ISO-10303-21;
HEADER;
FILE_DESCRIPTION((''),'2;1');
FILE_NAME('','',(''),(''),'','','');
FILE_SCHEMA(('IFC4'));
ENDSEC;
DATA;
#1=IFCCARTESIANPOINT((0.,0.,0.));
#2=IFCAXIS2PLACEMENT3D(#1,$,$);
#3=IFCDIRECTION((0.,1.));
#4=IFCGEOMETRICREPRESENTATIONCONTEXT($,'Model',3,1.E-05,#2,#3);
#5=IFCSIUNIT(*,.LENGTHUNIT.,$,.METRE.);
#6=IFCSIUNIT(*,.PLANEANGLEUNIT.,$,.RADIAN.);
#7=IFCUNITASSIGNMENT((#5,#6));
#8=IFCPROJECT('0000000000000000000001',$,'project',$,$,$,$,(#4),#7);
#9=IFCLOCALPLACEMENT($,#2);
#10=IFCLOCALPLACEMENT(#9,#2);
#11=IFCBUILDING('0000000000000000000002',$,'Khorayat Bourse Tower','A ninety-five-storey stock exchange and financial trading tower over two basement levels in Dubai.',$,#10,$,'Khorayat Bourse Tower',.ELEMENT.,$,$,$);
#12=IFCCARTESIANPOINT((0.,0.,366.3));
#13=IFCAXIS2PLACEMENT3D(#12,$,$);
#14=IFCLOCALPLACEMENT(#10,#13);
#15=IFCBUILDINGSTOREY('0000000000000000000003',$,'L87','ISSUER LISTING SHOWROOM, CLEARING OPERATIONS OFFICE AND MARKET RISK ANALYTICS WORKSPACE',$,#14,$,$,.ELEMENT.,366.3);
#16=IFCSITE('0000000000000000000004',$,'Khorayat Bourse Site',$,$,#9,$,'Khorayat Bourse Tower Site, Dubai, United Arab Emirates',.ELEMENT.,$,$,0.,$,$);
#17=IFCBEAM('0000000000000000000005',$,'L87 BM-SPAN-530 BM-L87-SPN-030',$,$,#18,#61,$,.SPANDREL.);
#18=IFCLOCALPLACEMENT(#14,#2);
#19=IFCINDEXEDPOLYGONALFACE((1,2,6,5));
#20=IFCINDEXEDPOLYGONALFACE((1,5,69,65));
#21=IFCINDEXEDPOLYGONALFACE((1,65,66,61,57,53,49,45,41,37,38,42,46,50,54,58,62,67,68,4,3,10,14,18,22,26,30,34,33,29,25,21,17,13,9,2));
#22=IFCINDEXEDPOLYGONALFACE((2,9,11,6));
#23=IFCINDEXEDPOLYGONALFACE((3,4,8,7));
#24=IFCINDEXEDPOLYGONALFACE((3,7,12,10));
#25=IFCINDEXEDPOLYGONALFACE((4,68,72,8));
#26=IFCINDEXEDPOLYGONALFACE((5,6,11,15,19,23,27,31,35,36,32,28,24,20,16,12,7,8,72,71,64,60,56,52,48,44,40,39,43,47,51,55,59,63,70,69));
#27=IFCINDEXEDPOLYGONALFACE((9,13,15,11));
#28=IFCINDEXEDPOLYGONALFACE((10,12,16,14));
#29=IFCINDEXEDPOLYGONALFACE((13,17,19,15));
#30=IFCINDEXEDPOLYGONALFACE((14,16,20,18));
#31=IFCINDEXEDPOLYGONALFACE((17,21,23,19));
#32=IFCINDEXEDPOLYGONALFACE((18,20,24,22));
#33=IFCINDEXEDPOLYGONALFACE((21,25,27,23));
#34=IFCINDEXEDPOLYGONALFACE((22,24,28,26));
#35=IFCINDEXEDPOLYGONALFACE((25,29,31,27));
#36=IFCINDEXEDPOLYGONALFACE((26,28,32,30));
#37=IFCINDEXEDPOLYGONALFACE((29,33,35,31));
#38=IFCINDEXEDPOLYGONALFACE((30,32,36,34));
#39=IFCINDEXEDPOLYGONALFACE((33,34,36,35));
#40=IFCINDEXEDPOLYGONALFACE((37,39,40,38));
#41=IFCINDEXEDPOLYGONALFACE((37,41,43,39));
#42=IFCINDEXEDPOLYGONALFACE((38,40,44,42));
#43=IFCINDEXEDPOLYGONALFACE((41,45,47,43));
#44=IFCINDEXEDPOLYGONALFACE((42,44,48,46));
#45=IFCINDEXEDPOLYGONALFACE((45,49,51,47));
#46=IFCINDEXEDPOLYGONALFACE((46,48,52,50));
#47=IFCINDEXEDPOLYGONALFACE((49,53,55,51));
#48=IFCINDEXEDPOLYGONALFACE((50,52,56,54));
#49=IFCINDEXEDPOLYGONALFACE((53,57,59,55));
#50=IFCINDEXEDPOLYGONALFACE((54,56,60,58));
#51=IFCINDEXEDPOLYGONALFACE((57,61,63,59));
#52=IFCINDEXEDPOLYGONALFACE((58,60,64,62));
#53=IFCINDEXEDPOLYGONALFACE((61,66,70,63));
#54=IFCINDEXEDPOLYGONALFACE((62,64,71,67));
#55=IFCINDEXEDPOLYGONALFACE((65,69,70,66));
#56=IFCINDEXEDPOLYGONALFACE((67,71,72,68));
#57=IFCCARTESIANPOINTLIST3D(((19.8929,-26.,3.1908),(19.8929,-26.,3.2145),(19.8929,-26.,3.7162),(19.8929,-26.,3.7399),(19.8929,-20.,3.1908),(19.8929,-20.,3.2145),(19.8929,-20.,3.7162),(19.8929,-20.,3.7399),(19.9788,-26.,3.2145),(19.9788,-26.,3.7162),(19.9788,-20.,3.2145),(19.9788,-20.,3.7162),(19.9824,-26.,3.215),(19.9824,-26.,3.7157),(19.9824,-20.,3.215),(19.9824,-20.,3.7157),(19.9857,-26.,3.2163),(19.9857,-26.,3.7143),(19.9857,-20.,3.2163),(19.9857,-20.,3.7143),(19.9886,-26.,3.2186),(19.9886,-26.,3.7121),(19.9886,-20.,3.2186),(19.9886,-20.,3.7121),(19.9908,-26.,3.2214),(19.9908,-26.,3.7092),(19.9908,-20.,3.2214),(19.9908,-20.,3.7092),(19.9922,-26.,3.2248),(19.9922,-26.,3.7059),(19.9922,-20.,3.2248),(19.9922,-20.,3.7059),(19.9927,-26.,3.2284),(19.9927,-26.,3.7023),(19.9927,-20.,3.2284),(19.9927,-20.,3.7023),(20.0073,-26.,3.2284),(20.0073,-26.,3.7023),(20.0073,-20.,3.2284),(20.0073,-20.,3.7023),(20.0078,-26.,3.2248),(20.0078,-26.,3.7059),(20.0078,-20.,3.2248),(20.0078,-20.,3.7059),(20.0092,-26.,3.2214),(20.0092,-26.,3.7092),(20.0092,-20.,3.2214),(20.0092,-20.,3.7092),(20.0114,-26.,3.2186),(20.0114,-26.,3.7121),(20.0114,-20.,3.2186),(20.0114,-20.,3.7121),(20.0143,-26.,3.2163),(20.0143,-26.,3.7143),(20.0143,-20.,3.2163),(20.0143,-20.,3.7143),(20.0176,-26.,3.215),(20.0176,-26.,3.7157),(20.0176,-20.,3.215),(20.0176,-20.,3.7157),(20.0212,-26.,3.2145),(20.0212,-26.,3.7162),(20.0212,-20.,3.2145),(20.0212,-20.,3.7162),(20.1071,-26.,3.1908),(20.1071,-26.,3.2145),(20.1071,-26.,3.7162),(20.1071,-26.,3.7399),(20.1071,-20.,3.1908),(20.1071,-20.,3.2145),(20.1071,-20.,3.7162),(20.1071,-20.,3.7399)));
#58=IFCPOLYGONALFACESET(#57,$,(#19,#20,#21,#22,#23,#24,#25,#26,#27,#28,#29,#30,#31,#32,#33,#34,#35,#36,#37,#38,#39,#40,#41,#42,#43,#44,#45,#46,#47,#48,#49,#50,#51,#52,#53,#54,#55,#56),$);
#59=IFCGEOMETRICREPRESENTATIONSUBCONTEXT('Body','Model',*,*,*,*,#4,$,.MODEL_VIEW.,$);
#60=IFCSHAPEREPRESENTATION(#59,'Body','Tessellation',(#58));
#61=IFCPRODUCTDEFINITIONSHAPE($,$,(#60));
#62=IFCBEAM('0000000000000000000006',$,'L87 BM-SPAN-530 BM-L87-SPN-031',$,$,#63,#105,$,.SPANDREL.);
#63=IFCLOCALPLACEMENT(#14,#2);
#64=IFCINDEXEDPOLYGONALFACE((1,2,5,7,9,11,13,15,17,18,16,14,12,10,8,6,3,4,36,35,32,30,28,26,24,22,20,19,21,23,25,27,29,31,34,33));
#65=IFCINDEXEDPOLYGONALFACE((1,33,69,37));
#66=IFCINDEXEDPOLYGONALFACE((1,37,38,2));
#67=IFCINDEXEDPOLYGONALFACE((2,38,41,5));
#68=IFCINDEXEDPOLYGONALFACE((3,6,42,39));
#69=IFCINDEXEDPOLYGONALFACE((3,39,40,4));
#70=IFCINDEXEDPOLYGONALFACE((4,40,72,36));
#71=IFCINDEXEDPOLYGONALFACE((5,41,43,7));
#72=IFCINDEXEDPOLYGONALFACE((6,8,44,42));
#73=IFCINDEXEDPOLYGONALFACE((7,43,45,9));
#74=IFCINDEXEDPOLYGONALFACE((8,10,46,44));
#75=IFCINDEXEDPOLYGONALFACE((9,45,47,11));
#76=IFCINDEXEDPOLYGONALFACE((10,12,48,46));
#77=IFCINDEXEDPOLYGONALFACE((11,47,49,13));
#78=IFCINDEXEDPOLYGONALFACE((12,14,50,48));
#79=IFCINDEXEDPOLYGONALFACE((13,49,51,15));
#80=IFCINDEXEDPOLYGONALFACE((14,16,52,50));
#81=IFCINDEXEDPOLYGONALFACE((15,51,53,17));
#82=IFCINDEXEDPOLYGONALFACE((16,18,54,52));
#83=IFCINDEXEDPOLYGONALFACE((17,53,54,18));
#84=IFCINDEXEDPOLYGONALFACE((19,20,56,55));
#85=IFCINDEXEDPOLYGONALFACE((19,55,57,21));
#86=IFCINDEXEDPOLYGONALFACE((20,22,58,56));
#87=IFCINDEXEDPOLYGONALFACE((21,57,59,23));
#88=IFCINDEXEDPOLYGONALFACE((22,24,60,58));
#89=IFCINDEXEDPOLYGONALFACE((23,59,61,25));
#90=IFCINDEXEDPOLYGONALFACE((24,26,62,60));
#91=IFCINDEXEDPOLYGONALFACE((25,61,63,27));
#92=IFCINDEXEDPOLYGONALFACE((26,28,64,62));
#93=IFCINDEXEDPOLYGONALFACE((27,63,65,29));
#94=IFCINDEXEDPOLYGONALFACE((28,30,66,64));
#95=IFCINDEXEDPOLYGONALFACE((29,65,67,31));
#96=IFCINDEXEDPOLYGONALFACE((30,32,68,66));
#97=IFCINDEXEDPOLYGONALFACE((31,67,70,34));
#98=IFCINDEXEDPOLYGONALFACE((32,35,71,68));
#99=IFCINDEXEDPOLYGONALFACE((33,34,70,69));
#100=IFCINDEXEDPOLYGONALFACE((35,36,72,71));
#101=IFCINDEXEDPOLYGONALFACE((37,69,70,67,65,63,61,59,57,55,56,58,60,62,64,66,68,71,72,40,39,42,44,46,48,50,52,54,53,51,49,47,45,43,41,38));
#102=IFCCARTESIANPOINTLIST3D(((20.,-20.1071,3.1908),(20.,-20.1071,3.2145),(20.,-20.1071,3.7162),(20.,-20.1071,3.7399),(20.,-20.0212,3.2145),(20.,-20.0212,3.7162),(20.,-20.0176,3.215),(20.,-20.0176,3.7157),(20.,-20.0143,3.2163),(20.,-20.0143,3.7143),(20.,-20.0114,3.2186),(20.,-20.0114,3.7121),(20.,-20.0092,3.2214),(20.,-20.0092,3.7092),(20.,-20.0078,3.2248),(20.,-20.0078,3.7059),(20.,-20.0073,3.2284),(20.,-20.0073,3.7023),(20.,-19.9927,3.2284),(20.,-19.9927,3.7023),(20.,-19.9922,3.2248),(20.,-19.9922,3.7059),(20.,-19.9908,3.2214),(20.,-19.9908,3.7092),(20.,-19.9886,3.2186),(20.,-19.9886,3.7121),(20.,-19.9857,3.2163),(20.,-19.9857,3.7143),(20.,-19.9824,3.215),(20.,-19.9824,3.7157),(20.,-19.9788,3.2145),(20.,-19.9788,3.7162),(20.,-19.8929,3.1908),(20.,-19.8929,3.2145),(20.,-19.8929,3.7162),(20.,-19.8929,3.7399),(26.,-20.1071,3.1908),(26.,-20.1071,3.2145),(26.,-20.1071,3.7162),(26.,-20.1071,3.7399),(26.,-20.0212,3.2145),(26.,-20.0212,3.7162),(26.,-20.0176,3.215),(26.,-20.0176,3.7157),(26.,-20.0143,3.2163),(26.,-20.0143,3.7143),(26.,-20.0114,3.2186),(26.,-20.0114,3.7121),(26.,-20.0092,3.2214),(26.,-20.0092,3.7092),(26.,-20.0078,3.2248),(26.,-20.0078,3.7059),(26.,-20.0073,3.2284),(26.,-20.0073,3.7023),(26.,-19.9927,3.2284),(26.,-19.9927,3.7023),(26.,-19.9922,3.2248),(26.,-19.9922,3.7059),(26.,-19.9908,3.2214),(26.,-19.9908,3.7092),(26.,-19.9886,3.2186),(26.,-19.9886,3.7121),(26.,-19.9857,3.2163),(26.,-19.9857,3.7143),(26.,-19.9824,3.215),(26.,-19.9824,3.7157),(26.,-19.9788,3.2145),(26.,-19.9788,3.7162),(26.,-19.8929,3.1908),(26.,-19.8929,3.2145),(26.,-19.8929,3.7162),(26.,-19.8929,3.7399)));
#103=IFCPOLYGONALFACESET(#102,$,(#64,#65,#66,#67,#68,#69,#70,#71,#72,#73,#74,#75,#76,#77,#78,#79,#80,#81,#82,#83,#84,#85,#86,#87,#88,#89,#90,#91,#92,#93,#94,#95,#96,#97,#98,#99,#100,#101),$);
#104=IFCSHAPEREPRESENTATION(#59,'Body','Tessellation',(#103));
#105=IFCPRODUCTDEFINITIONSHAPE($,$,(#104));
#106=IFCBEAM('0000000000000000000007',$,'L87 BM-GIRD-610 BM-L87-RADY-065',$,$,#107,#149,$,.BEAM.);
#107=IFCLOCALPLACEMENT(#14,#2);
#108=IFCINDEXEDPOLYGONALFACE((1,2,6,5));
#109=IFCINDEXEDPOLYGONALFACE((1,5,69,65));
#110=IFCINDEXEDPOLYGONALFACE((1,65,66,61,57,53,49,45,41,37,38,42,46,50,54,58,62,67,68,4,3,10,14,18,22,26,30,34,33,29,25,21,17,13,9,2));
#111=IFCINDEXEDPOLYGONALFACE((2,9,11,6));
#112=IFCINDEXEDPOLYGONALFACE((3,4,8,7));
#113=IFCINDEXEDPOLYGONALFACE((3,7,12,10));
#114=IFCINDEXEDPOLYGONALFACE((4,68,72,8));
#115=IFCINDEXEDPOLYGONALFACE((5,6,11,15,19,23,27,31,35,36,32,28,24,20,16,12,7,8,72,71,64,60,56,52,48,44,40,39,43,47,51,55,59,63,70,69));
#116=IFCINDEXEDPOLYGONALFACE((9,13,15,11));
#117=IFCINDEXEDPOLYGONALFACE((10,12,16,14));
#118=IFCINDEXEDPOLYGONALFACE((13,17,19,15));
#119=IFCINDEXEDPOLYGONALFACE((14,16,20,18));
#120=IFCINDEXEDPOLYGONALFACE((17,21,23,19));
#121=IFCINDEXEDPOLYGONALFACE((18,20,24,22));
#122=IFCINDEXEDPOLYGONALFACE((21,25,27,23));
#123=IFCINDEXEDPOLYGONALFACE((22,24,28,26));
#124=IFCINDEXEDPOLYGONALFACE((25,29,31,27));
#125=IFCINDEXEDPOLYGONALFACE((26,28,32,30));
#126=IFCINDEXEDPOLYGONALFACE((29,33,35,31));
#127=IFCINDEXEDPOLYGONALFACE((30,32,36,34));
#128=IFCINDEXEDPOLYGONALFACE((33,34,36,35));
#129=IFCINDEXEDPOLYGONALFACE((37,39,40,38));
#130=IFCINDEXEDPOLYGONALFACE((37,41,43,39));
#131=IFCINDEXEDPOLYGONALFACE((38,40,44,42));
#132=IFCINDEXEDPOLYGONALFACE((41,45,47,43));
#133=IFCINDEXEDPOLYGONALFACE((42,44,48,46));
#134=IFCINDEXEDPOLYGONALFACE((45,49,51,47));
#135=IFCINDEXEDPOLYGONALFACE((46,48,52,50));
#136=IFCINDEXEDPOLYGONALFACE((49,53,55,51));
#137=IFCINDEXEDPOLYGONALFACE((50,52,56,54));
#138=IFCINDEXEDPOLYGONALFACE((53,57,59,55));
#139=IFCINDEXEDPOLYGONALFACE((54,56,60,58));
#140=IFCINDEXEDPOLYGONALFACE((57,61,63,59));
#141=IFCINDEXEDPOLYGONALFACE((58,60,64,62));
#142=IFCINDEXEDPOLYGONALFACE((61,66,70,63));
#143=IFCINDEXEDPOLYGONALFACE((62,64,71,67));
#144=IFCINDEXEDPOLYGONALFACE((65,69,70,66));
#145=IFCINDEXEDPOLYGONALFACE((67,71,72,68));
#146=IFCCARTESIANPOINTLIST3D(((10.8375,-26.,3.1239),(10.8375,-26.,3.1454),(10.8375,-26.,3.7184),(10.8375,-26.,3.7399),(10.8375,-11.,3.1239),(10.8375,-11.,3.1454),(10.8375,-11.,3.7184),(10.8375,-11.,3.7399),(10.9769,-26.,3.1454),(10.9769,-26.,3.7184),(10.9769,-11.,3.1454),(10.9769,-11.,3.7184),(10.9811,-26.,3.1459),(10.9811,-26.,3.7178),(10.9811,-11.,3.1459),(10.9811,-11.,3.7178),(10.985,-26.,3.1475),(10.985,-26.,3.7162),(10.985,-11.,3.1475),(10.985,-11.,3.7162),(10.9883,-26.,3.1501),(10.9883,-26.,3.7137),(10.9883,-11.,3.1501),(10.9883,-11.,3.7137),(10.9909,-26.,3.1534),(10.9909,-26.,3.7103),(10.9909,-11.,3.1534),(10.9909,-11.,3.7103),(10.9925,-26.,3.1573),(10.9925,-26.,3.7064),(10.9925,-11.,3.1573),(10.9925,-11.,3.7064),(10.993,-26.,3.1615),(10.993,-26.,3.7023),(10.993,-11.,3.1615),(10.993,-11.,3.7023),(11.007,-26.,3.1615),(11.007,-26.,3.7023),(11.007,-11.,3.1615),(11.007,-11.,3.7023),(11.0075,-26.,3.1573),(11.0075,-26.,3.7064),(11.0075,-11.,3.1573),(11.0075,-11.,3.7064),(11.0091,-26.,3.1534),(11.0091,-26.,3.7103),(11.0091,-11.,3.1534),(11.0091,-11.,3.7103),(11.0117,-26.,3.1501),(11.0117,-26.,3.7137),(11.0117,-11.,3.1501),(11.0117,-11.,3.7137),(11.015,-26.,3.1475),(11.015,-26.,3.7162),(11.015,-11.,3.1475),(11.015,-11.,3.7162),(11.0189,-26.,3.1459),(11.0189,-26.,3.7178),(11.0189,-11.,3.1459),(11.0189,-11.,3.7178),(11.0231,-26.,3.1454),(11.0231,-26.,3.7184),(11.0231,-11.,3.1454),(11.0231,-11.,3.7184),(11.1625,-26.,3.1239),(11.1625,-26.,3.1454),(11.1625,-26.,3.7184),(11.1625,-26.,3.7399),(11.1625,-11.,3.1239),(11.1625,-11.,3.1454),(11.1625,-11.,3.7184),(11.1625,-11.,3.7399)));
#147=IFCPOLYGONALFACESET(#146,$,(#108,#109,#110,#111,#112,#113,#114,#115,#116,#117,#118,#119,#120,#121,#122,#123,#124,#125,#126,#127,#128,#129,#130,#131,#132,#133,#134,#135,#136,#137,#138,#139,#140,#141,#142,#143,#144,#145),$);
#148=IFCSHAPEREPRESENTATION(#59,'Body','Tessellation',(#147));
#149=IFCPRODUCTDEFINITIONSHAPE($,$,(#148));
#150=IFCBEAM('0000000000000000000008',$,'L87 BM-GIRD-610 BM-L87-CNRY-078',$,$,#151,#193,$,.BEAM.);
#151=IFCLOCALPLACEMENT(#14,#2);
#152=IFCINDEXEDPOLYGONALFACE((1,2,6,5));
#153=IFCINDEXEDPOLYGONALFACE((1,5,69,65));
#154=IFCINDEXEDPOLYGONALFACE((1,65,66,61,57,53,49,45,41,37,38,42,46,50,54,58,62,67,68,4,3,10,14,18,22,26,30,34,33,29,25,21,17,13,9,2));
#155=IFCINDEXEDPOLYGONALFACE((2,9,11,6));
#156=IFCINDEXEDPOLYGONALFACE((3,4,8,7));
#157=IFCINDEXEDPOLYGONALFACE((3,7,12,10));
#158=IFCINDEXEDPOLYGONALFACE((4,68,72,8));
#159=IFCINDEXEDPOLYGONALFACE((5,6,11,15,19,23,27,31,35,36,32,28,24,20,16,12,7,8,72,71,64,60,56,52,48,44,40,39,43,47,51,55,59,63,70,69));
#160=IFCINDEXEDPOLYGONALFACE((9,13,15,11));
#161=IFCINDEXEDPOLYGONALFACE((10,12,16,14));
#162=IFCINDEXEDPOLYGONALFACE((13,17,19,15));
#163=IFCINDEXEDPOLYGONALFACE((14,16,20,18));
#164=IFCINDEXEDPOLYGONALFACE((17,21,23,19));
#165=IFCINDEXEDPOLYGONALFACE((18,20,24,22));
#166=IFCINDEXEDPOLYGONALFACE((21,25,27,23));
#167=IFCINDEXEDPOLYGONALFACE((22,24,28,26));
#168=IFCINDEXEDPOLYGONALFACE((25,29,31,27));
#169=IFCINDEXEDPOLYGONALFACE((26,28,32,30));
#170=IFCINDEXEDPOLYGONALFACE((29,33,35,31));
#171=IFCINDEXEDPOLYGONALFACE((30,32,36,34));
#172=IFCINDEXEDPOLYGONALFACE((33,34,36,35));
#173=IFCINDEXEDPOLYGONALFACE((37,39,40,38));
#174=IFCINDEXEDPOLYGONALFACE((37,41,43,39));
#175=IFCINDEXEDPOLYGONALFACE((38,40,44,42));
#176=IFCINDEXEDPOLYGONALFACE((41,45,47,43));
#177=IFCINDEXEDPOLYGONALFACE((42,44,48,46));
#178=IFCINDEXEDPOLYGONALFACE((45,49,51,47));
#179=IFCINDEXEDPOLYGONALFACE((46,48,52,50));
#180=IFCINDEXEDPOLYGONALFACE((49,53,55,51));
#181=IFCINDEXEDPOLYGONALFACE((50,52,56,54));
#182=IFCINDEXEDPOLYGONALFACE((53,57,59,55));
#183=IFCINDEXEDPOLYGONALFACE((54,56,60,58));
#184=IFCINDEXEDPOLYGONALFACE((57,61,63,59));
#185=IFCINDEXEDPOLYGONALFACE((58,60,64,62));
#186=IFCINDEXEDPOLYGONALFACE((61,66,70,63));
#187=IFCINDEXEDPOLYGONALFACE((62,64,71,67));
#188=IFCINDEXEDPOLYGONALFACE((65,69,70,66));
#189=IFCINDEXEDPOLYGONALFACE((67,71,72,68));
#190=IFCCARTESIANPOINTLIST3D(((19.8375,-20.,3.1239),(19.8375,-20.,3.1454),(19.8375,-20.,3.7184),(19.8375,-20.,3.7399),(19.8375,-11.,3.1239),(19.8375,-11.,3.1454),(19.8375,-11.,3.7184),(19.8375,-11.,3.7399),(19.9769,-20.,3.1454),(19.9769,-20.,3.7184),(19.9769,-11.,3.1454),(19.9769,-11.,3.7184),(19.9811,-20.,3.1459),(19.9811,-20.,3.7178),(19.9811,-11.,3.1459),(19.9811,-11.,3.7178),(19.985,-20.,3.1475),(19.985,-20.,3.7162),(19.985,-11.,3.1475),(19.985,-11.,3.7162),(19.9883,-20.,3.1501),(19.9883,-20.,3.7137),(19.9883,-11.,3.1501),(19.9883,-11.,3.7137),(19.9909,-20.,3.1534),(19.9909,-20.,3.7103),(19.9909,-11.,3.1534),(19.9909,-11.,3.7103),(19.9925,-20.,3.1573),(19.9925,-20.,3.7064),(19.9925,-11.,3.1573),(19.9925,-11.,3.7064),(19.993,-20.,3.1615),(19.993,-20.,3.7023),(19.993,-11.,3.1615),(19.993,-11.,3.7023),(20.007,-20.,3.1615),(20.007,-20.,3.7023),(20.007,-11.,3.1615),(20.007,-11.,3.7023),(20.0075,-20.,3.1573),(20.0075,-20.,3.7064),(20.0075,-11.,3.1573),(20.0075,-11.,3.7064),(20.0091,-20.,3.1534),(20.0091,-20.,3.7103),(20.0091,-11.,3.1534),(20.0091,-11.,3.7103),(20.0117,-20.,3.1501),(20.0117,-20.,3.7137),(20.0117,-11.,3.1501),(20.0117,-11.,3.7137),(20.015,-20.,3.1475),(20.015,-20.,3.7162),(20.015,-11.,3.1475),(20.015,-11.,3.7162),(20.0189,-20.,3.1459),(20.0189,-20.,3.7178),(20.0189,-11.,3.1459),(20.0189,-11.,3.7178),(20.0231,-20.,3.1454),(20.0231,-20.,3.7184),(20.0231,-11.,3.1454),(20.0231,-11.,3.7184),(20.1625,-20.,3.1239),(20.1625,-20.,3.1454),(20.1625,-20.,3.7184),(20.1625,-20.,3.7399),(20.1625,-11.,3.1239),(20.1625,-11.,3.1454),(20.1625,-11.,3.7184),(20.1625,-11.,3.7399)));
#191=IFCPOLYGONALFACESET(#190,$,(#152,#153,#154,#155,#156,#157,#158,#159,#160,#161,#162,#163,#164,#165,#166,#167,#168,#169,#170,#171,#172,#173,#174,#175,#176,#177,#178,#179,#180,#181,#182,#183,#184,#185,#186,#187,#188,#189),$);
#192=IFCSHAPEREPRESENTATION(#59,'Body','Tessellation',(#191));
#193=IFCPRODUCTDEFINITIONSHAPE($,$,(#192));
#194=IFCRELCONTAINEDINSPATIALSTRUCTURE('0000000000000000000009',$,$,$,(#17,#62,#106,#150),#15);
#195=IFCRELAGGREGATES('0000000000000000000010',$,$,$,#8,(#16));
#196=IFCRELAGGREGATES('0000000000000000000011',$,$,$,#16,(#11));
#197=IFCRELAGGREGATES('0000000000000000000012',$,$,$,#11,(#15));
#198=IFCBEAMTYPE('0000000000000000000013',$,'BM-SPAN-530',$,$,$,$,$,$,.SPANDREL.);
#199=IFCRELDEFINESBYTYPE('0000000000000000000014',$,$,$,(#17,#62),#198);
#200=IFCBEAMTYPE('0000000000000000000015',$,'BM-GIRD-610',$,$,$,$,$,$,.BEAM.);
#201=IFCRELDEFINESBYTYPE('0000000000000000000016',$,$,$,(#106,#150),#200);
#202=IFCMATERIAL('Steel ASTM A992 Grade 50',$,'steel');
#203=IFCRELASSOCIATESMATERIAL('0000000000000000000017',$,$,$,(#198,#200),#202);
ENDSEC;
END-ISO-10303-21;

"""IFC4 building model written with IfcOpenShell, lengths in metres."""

from ifc_helpers import new_model, si_unit, direction, frame, origin, origin_2d, place, context, subcontext, project, spatial, i_section, extrude, source, transform, mapped, material, material_profile, profile_set, type_object, element, save


model = new_model("IFC4")

# Units and contexts
model_context = context("Model", 3, precision=1e-05, world=origin(), true_north=direction((0.0, 1.0)))
body_context = subcontext(model_context, "Body", "Model", "MODEL_VIEW")
ifc_project = project(units=[si_unit("LENGTHUNIT", "METRE"), si_unit("PLANEANGLEUNIT", "RADIAN")], contexts=[model_context])

# Site, building, storey
site_placement = place(None, origin())
site = spatial("IfcSite", under=ifc_project, at=site_placement, Name="Khorayat Bourse Site", LongName="Khorayat Bourse Tower Site, Dubai, United Arab Emirates", CompositionType="ELEMENT", RefElevation=0.0)
building_placement = place(site_placement, origin())
building = spatial("IfcBuilding", under=site, at=building_placement, Name="Khorayat Bourse Tower", Description="A ninety-five-storey stock exchange and financial trading tower over two basement levels in Dubai.", LongName="Khorayat Bourse Tower", CompositionType="ELEMENT")
storey_placement = place(building_placement, frame((0.0, 0.0, 366.3)))
storey = spatial("IfcBuildingStorey", under=building, at=storey_placement, Name="L87", Description="ISSUER LISTING SHOWROOM, CLEARING OPERATIONS OFFICE AND MARKET RISK ANALYTICS WORKSPACE", CompositionType="ELEMENT", Elevation=366.3)

# Beams
ifc_material_1 = material(Name="Steel ASTM A992 Grade 50", Category="steel")
ifc_material_profile_1 = material_profile(ifc_material_1, i_section(OverallWidth=0.2141, OverallDepth=0.5491, WebThickness=0.0146, FlangeThickness=0.0237, FilletRadius=0.0139, at=origin_2d()), Name="W530X138")
ifc_profile_set_1 = profile_set([ifc_material_profile_1], Name="Steel ASTM A992 Grade 50")
beam_type_1 = type_object("IfcBeamType", Name="BM-SPAN-530", PredefinedType="SPANDREL", material=ifc_profile_set_1)
shared_shape_1 = source(origin(), body_context, "Body", "SweptSolid", [
    extrude(i_section(OverallWidth=0.2141, OverallDepth=0.5491, WebThickness=0.0146, FlangeThickness=0.0237, FilletRadius=0.0139, at=origin_2d()), origin(), (0.0, 0.0, 1.0), 6.0),
])
for number, where, z_axis, x_axis, name in (
    (1, (20.0, -26.0, 3.4653), (0.0, 1.0, 0.0), (-1.0, 0.0, 0.0), "L87 BM-SPAN-530 BM-L87-SPN-030"),
    (2, (20.0, -20.0, 3.4653), (1.0, 0.0, 0.0), (0.0, 1.0, 0.0), "L87 BM-SPAN-530 BM-L87-SPN-031"),
):
    element("IfcBeam", number, at=place(storey_placement, frame(where, z_axis=z_axis, x_axis=x_axis)), inside=storey, type_object=beam_type_1, Name=name, PredefinedType="SPANDREL", context=body_context, shape_type="MappedRepresentation", body=[
        mapped(shared_shape_1, transform((0.0, 0.0, 0.0), scale=1.0)),
    ])
ifc_material_profile_2 = material_profile(ifc_material_1, i_section(OverallWidth=0.325, OverallDepth=0.616, WebThickness=0.0139, FlangeThickness=0.0215, FilletRadius=0.0161, at=origin_2d()), Name="W610X174")
ifc_profile_set_2 = profile_set([ifc_material_profile_2], Name="Steel ASTM A992 Grade 50")
beam_type_2 = type_object("IfcBeamType", Name="BM-GIRD-610", PredefinedType="BEAM", material=ifc_profile_set_2)
shared_shape_2 = source(origin(), body_context, "Body", "SweptSolid", [
    extrude(i_section(OverallWidth=0.325, OverallDepth=0.616, WebThickness=0.0139, FlangeThickness=0.0215, FilletRadius=0.0161, at=origin_2d()), origin(), (0.0, 0.0, 1.0), 15.0),
])
beam_1_placement = place(storey_placement, frame((11.0, -26.0, 3.4319), z_axis=(0.0, 1.0, 0.0), x_axis=(-1.0, 0.0, 0.0)))
element("IfcBeam", 3, at=beam_1_placement, inside=storey, type_object=beam_type_2, Name="L87 BM-GIRD-610 BM-L87-RADY-065", PredefinedType="BEAM", context=body_context, shape_type="MappedRepresentation", body=[
    mapped(shared_shape_2, transform((0.0, 0.0, 0.0), scale=1.0)),
])
shared_shape_3 = source(origin(), body_context, "Body", "SweptSolid", [
    extrude(i_section(OverallWidth=0.325, OverallDepth=0.616, WebThickness=0.0139, FlangeThickness=0.0215, FilletRadius=0.0161, at=origin_2d()), origin(), (0.0, 0.0, 1.0), 9.0),
])
beam_2_placement = place(storey_placement, frame((20.0, -20.0, 3.4319), z_axis=(0.0, 1.0, 0.0), x_axis=(-1.0, 0.0, 0.0)))
element("IfcBeam", 4, at=beam_2_placement, inside=storey, type_object=beam_type_2, Name="L87 BM-GIRD-610 BM-L87-CNRY-078", PredefinedType="BEAM", context=body_context, shape_type="MappedRepresentation", body=[
    mapped(shared_shape_3, transform((0.0, 0.0, 0.0), scale=1.0)),
])

save(model, "model.ifc")
